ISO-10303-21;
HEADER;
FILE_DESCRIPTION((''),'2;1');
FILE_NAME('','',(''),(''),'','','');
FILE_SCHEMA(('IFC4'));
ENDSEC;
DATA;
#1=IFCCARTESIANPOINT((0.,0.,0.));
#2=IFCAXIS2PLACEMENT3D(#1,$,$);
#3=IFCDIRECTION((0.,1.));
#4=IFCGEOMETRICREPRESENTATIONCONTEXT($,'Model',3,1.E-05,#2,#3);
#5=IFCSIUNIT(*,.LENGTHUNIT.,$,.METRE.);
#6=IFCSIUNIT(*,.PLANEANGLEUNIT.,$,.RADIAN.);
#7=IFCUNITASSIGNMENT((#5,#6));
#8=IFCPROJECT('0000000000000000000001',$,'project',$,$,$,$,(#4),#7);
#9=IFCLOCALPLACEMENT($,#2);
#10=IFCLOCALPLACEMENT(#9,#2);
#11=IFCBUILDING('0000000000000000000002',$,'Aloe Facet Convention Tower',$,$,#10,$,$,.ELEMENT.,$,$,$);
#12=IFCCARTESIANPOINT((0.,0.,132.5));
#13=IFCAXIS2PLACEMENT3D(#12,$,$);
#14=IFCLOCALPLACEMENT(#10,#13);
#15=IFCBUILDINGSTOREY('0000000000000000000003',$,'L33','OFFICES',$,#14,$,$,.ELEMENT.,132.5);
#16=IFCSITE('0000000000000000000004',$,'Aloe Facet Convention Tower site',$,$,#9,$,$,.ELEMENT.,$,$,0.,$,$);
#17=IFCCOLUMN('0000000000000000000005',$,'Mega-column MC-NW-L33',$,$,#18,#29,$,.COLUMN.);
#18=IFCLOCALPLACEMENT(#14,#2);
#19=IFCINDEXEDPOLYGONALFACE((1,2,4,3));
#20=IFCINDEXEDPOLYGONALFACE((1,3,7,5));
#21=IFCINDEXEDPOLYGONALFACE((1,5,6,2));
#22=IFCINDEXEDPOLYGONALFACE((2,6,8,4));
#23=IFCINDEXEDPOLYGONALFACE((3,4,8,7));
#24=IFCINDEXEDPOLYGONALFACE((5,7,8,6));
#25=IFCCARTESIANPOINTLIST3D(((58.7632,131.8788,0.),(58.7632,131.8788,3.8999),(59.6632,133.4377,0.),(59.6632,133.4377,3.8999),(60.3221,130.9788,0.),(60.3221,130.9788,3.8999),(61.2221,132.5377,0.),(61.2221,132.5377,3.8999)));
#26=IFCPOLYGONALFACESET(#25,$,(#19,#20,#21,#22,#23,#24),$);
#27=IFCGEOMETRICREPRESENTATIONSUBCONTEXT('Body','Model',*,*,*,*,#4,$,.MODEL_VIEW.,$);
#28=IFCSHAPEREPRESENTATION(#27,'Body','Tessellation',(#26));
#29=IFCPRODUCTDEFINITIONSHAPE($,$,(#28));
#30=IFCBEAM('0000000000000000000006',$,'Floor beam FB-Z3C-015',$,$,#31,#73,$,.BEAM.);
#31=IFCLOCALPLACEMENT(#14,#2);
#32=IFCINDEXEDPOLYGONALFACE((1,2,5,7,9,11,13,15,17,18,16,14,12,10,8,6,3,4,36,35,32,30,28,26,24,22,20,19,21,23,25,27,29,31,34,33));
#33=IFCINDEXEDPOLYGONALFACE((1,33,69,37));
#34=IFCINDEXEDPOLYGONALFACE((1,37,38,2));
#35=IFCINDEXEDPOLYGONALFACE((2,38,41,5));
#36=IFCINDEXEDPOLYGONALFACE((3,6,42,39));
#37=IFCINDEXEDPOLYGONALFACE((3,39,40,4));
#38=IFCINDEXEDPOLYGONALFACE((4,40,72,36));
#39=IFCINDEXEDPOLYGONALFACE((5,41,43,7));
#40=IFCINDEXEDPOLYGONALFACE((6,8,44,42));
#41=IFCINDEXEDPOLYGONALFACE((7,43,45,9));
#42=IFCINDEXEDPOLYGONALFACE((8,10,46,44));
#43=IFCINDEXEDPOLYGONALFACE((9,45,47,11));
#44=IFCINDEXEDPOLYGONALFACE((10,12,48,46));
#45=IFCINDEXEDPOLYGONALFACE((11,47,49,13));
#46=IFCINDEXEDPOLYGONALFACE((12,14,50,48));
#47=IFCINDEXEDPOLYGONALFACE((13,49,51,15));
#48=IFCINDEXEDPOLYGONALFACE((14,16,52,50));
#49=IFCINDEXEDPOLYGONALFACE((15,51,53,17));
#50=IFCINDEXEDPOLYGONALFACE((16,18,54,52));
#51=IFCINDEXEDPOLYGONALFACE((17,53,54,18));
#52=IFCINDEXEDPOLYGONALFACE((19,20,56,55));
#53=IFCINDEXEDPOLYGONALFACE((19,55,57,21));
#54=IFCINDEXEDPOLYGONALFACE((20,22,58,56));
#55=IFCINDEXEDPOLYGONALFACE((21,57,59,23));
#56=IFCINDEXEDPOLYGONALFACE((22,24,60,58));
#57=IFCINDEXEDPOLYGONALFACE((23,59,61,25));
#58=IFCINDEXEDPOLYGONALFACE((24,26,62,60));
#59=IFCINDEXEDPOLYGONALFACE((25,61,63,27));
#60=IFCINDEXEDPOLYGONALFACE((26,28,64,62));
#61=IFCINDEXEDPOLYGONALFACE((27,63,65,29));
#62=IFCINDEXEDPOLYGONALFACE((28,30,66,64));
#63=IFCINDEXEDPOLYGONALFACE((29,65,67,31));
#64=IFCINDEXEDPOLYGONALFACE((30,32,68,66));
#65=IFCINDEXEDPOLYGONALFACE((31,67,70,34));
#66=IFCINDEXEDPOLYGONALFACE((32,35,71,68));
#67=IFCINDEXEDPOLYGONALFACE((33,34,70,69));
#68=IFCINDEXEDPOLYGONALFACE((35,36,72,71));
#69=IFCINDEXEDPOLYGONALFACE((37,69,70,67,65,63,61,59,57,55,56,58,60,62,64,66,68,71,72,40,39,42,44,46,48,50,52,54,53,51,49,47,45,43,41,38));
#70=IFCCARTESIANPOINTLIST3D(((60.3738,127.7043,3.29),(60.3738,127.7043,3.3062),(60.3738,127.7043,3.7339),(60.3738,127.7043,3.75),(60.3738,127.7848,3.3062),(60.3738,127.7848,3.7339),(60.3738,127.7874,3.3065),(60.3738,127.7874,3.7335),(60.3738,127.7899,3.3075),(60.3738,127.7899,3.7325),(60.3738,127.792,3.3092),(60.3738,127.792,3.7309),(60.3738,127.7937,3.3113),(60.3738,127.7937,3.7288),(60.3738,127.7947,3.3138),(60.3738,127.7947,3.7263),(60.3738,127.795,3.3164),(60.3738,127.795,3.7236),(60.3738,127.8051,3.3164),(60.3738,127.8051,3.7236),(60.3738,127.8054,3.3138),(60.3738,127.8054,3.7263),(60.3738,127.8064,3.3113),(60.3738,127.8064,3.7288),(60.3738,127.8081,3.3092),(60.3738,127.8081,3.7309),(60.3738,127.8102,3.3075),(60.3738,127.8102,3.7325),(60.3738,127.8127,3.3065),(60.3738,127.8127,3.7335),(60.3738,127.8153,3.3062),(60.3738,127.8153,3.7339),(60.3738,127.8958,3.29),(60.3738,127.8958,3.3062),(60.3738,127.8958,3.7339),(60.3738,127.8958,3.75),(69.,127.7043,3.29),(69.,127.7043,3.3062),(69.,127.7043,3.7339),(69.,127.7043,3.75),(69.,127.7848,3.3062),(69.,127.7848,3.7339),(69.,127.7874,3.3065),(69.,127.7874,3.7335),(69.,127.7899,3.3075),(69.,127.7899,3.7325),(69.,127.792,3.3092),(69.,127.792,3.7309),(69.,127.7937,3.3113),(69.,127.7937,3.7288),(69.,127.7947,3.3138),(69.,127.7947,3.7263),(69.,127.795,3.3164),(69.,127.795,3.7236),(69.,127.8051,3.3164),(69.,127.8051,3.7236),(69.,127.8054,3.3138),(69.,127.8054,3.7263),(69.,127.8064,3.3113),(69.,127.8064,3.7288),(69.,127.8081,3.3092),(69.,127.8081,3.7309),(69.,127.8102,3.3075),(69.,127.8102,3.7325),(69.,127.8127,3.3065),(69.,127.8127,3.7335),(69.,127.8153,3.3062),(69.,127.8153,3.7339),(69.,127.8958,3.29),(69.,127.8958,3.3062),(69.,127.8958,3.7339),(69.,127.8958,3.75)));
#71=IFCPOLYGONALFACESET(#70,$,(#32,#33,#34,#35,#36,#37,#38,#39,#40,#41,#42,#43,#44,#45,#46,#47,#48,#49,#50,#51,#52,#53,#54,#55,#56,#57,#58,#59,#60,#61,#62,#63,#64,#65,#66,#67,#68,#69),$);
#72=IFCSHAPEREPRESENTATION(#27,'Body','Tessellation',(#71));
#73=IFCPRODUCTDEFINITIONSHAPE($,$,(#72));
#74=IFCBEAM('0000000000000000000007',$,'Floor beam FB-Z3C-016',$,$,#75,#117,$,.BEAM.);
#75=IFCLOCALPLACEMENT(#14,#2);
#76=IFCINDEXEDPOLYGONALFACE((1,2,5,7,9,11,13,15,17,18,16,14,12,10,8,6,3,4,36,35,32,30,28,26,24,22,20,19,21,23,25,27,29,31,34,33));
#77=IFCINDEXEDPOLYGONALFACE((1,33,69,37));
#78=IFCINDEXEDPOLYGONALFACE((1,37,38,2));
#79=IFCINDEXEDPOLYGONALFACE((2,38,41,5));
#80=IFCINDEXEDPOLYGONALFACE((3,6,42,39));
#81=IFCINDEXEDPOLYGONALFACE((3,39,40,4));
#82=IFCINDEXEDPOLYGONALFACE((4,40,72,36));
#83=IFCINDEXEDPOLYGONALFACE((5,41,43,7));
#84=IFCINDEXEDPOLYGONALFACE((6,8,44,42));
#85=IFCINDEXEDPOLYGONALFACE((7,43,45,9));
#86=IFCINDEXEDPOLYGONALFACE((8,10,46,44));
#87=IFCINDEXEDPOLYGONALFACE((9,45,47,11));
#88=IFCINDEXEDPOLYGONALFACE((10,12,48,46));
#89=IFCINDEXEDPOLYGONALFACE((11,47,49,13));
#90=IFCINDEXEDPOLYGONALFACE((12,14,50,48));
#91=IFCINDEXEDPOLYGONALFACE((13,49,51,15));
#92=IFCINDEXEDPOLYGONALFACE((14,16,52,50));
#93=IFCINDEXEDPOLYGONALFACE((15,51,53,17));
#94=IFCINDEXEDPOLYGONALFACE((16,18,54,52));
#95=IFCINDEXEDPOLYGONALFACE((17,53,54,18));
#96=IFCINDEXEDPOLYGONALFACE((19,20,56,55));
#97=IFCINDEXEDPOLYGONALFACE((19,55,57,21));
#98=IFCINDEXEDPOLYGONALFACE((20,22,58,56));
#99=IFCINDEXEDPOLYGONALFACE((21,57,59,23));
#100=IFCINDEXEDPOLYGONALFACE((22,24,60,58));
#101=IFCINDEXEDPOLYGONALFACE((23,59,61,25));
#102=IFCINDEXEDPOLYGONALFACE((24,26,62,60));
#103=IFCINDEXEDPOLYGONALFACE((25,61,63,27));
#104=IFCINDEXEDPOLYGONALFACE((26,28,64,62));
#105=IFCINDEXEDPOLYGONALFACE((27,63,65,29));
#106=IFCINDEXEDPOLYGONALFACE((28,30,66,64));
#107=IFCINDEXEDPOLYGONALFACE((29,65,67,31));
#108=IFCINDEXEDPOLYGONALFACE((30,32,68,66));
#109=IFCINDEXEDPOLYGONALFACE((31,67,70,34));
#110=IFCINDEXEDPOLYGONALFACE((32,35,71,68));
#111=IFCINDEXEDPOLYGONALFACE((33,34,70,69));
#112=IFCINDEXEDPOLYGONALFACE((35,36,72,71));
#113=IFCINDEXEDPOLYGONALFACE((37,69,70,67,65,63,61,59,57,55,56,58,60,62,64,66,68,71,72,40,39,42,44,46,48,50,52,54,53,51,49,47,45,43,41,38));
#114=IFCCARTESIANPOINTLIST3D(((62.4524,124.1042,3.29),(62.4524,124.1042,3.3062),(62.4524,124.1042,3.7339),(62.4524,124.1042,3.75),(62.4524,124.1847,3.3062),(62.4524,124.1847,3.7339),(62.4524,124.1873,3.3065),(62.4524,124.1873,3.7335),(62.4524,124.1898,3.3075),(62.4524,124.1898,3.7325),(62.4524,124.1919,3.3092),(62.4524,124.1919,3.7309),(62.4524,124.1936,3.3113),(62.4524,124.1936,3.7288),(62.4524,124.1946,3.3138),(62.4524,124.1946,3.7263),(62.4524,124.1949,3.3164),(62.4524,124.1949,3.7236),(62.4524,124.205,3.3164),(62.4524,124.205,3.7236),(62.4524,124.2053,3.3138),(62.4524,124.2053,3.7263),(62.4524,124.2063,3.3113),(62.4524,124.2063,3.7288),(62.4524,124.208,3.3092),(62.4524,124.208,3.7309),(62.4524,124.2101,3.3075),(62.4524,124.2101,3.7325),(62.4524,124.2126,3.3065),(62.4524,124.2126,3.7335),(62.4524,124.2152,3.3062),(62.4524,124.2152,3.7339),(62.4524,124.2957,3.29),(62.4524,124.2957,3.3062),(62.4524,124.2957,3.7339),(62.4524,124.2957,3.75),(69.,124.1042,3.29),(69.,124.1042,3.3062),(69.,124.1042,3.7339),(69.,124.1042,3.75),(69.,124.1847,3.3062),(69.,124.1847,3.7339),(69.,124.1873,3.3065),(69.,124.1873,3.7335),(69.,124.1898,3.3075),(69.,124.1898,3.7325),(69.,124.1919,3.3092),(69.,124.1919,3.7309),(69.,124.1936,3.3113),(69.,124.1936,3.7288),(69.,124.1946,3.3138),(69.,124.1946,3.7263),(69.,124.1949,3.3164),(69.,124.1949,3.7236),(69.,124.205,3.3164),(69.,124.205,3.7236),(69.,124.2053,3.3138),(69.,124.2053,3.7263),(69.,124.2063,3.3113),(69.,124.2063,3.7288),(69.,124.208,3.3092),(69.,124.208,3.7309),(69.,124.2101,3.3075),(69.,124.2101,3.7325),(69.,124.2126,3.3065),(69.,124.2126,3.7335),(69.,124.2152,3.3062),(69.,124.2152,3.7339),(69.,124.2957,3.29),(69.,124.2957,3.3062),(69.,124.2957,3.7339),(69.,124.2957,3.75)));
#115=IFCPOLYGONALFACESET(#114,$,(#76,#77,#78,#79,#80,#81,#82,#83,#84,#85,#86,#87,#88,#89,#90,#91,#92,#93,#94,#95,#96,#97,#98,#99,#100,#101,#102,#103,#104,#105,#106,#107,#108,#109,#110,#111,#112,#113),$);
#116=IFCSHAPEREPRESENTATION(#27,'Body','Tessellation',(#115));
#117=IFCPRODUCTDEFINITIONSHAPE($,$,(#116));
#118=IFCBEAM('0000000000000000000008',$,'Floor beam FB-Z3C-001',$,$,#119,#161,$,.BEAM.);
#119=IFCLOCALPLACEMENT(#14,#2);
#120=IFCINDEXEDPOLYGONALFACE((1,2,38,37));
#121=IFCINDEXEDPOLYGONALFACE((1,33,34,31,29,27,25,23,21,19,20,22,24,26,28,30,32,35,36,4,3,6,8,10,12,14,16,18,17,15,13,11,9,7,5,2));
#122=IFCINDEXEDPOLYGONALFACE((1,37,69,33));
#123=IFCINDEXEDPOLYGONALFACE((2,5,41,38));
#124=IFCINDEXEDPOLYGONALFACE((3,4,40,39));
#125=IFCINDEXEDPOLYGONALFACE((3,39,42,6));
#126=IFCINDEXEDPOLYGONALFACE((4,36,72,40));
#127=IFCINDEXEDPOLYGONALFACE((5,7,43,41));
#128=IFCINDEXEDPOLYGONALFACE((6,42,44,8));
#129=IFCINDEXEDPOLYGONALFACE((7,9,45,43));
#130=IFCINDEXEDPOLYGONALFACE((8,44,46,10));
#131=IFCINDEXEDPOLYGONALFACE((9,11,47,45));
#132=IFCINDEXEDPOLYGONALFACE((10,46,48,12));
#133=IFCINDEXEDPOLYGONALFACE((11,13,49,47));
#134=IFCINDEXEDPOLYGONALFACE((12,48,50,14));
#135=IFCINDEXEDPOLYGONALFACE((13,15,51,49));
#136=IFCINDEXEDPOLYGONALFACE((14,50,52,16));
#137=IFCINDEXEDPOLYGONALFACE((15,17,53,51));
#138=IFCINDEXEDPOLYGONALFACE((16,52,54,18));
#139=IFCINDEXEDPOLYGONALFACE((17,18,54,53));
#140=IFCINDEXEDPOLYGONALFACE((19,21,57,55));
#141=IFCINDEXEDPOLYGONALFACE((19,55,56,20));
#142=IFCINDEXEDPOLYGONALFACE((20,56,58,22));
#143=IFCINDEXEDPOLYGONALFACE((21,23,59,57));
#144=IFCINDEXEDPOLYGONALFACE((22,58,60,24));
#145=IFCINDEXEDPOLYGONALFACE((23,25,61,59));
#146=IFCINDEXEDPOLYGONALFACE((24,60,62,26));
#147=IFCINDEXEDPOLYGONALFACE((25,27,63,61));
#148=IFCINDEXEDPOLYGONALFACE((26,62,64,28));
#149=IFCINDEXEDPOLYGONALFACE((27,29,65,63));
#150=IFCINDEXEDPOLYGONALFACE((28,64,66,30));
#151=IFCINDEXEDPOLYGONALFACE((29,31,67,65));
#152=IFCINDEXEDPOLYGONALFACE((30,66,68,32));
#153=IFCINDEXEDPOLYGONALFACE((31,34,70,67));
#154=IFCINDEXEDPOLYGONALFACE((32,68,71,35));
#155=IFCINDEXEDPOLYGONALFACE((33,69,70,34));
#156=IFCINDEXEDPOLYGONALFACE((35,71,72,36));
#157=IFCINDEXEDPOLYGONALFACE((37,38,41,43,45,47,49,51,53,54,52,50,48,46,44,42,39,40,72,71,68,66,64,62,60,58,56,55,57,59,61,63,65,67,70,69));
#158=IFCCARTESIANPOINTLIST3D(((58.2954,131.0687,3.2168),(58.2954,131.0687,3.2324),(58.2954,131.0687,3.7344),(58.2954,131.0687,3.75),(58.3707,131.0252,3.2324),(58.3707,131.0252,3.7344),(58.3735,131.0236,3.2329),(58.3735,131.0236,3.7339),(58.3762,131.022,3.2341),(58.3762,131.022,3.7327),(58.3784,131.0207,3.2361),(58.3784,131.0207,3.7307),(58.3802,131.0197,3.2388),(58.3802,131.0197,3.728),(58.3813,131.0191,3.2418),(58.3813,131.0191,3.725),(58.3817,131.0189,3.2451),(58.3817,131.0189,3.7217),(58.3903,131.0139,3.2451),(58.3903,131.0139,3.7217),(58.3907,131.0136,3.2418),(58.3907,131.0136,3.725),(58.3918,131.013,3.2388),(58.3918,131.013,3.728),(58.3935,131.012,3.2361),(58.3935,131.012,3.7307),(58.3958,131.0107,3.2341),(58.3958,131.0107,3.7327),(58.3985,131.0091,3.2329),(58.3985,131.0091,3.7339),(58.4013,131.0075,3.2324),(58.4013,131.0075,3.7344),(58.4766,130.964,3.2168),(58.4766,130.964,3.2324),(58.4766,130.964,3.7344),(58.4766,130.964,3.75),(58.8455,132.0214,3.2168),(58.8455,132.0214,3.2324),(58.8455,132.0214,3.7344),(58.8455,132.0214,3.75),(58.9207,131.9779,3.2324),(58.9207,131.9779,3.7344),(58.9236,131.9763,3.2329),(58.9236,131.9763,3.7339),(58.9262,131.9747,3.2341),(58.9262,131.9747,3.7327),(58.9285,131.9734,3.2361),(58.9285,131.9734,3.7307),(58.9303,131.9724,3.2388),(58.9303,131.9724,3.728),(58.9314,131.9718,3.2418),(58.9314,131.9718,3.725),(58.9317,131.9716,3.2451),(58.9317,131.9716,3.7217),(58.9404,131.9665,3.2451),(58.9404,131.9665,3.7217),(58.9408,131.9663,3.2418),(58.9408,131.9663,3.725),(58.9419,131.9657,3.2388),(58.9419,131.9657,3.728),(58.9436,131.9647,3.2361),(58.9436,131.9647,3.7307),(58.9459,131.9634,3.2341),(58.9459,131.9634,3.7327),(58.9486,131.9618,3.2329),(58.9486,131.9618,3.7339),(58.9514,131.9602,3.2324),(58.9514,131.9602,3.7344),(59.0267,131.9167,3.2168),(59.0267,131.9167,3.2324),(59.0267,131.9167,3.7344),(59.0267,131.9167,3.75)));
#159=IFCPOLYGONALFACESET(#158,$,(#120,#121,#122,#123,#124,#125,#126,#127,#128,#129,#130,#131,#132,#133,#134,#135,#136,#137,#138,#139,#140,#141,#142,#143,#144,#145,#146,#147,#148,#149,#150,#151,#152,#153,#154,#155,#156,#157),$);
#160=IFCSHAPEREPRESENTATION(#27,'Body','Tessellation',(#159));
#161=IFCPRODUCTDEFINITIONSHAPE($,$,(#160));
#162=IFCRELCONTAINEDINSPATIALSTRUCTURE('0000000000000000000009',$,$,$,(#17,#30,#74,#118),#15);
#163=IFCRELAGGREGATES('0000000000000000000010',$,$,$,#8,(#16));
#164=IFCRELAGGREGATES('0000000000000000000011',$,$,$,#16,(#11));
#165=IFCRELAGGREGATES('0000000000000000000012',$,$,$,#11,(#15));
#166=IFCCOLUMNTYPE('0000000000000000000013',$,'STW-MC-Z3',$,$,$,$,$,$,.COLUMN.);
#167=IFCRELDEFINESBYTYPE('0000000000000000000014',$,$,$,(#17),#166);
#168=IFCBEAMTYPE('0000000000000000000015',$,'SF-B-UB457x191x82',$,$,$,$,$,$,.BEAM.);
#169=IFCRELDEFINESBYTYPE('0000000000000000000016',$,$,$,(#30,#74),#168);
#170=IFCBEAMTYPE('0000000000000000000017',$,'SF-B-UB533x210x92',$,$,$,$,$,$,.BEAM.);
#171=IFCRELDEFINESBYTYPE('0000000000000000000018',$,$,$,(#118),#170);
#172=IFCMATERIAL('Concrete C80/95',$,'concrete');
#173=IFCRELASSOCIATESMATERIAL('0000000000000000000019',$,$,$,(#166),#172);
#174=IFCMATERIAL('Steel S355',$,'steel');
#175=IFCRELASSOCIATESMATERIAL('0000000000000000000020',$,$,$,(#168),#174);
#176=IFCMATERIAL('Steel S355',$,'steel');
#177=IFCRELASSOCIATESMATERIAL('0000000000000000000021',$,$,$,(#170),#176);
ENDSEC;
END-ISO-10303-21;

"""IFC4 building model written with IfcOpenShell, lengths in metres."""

from ifc_helpers import new_model, si_unit, direction, frame, origin, origin_2d, place, context, subcontext, project, spatial, rectangle, i_section, extrude, material, material_profile, profile_set, type_object, element, save


model = new_model("IFC4")

# Units and contexts
model_context = context("Model", 3, precision=1e-05, world=origin(), true_north=direction((0.0, 1.0)))
body_context = subcontext(model_context, "Body", "Model", "MODEL_VIEW")
ifc_project = project(units=[si_unit("LENGTHUNIT", "METRE"), si_unit("PLANEANGLEUNIT", "RADIAN")], contexts=[model_context])

# Site, building, storey
site_placement = place(None, origin())
site = spatial("IfcSite", under=ifc_project, at=site_placement, Name="Aloe Facet Convention Tower site", CompositionType="ELEMENT", RefElevation=0.0)
building_placement = place(site_placement, origin())
building = spatial("IfcBuilding", under=site, at=building_placement, Name="Aloe Facet Convention Tower", CompositionType="ELEMENT")
storey_placement = place(building_placement, frame((0.0, 0.0, 132.5)))
storey = spatial("IfcBuildingStorey", under=building, at=storey_placement, Name="L33", Description="OFFICES", CompositionType="ELEMENT", Elevation=132.5)

# Column
ifc_material_1 = material(Name="Concrete C80/95", Category="concrete")
ifc_material_profile_1 = material_profile(ifc_material_1, rectangle(XDim=1.8, YDim=1.8, at=origin_2d()), Name="STW-MC-Z3")
ifc_profile_set_1 = profile_set([ifc_material_profile_1], Name="Concrete C80/95")
column_type = type_object("IfcColumnType", Name="STW-MC-Z3", PredefinedType="COLUMN", material=ifc_profile_set_1)
column_placement = place(storey_placement, frame((59.9927, 132.2083, 0.0), z_axis=(0.0, 0.0, 1.0), x_axis=(-0.5, -0.866025, 0.0)))
element("IfcColumn", 1, at=column_placement, inside=storey, type_object=column_type, Name="Mega-column MC-NW-L33", PredefinedType="COLUMN", context=body_context, shape_type="SweptSolid", body=[
    extrude(rectangle(XDim=1.8, YDim=1.8, at=origin_2d()), origin(), (0.0, 0.0, 1.0), 3.8999),
])

# Beams
ifc_material_2 = material(Name="Steel S355", Category="steel")
ifc_material_profile_2 = material_profile(ifc_material_2, i_section(OverallWidth=0.1914, OverallDepth=0.46, WebThickness=0.01, FlangeThickness=0.0161, FilletRadius=0.0103, at=origin_2d()), Name="UB 457x191x82")
ifc_profile_set_2 = profile_set([ifc_material_profile_2], Name="Steel S355")
beam_type_1 = type_object("IfcBeamType", Name="SF-B-UB457x191x82", PredefinedType="BEAM", material=ifc_profile_set_2)
beam_1_placement = place(storey_placement, frame((60.3738, 127.8, 3.52), z_axis=(1.0, 0.0, 0.0), x_axis=(0.0, 1.0, 0.0)))
element("IfcBeam", 2, at=beam_1_placement, inside=storey, type_object=beam_type_1, Name="Floor beam FB-Z3C-015", PredefinedType="BEAM", context=body_context, shape_type="SweptSolid", body=[
    extrude(i_section(OverallWidth=0.1914, OverallDepth=0.46, WebThickness=0.01, FlangeThickness=0.0161, FilletRadius=0.0103, at=origin_2d()), origin(), (0.0, 0.0, 1.0), 8.6262),
])
beam_2_placement = place(storey_placement, frame((62.4524, 124.2, 3.52), z_axis=(1.0, 0.0, 0.0), x_axis=(0.0, 1.0, 0.0)))
element("IfcBeam", 3, at=beam_2_placement, inside=storey, type_object=beam_type_1, Name="Floor beam FB-Z3C-016", PredefinedType="BEAM", context=body_context, shape_type="SweptSolid", body=[
    extrude(i_section(OverallWidth=0.1914, OverallDepth=0.46, WebThickness=0.01, FlangeThickness=0.0161, FilletRadius=0.0103, at=origin_2d()), origin(), (0.0, 0.0, 1.0), 6.5476),
])
ifc_material_3 = material(Name="Steel S355", Category="steel")
ifc_material_profile_3 = material_profile(ifc_material_3, i_section(OverallWidth=0.2092, OverallDepth=0.5332, WebThickness=0.01, FlangeThickness=0.0156, FilletRadius=0.0127, at=origin_2d()), Name="UB 533x210x92")
ifc_profile_set_3 = profile_set([ifc_material_profile_3], Name="Steel S355")
beam_type_2 = type_object("IfcBeamType", Name="SF-B-UB533x210x92", PredefinedType="BEAM", material=ifc_profile_set_3)
beam_3_placement = place(storey_placement, frame((58.386, 131.0164, 3.4834), z_axis=(0.50003, 0.866008, 0.0), x_axis=(-0.866008, 0.50003, 0.0)))
element("IfcBeam", 4, at=beam_3_placement, inside=storey, type_object=beam_type_2, Name="Floor beam FB-Z3C-001", PredefinedType="BEAM", context=body_context, shape_type="SweptSolid", body=[
    extrude(i_section(OverallWidth=0.2092, OverallDepth=0.5332, WebThickness=0.01, FlangeThickness=0.0156, FilletRadius=0.0127, at=origin_2d()), origin(), (0.0, 0.0, 1.0), 1.1001),
])

save(model, "model.ifc")
